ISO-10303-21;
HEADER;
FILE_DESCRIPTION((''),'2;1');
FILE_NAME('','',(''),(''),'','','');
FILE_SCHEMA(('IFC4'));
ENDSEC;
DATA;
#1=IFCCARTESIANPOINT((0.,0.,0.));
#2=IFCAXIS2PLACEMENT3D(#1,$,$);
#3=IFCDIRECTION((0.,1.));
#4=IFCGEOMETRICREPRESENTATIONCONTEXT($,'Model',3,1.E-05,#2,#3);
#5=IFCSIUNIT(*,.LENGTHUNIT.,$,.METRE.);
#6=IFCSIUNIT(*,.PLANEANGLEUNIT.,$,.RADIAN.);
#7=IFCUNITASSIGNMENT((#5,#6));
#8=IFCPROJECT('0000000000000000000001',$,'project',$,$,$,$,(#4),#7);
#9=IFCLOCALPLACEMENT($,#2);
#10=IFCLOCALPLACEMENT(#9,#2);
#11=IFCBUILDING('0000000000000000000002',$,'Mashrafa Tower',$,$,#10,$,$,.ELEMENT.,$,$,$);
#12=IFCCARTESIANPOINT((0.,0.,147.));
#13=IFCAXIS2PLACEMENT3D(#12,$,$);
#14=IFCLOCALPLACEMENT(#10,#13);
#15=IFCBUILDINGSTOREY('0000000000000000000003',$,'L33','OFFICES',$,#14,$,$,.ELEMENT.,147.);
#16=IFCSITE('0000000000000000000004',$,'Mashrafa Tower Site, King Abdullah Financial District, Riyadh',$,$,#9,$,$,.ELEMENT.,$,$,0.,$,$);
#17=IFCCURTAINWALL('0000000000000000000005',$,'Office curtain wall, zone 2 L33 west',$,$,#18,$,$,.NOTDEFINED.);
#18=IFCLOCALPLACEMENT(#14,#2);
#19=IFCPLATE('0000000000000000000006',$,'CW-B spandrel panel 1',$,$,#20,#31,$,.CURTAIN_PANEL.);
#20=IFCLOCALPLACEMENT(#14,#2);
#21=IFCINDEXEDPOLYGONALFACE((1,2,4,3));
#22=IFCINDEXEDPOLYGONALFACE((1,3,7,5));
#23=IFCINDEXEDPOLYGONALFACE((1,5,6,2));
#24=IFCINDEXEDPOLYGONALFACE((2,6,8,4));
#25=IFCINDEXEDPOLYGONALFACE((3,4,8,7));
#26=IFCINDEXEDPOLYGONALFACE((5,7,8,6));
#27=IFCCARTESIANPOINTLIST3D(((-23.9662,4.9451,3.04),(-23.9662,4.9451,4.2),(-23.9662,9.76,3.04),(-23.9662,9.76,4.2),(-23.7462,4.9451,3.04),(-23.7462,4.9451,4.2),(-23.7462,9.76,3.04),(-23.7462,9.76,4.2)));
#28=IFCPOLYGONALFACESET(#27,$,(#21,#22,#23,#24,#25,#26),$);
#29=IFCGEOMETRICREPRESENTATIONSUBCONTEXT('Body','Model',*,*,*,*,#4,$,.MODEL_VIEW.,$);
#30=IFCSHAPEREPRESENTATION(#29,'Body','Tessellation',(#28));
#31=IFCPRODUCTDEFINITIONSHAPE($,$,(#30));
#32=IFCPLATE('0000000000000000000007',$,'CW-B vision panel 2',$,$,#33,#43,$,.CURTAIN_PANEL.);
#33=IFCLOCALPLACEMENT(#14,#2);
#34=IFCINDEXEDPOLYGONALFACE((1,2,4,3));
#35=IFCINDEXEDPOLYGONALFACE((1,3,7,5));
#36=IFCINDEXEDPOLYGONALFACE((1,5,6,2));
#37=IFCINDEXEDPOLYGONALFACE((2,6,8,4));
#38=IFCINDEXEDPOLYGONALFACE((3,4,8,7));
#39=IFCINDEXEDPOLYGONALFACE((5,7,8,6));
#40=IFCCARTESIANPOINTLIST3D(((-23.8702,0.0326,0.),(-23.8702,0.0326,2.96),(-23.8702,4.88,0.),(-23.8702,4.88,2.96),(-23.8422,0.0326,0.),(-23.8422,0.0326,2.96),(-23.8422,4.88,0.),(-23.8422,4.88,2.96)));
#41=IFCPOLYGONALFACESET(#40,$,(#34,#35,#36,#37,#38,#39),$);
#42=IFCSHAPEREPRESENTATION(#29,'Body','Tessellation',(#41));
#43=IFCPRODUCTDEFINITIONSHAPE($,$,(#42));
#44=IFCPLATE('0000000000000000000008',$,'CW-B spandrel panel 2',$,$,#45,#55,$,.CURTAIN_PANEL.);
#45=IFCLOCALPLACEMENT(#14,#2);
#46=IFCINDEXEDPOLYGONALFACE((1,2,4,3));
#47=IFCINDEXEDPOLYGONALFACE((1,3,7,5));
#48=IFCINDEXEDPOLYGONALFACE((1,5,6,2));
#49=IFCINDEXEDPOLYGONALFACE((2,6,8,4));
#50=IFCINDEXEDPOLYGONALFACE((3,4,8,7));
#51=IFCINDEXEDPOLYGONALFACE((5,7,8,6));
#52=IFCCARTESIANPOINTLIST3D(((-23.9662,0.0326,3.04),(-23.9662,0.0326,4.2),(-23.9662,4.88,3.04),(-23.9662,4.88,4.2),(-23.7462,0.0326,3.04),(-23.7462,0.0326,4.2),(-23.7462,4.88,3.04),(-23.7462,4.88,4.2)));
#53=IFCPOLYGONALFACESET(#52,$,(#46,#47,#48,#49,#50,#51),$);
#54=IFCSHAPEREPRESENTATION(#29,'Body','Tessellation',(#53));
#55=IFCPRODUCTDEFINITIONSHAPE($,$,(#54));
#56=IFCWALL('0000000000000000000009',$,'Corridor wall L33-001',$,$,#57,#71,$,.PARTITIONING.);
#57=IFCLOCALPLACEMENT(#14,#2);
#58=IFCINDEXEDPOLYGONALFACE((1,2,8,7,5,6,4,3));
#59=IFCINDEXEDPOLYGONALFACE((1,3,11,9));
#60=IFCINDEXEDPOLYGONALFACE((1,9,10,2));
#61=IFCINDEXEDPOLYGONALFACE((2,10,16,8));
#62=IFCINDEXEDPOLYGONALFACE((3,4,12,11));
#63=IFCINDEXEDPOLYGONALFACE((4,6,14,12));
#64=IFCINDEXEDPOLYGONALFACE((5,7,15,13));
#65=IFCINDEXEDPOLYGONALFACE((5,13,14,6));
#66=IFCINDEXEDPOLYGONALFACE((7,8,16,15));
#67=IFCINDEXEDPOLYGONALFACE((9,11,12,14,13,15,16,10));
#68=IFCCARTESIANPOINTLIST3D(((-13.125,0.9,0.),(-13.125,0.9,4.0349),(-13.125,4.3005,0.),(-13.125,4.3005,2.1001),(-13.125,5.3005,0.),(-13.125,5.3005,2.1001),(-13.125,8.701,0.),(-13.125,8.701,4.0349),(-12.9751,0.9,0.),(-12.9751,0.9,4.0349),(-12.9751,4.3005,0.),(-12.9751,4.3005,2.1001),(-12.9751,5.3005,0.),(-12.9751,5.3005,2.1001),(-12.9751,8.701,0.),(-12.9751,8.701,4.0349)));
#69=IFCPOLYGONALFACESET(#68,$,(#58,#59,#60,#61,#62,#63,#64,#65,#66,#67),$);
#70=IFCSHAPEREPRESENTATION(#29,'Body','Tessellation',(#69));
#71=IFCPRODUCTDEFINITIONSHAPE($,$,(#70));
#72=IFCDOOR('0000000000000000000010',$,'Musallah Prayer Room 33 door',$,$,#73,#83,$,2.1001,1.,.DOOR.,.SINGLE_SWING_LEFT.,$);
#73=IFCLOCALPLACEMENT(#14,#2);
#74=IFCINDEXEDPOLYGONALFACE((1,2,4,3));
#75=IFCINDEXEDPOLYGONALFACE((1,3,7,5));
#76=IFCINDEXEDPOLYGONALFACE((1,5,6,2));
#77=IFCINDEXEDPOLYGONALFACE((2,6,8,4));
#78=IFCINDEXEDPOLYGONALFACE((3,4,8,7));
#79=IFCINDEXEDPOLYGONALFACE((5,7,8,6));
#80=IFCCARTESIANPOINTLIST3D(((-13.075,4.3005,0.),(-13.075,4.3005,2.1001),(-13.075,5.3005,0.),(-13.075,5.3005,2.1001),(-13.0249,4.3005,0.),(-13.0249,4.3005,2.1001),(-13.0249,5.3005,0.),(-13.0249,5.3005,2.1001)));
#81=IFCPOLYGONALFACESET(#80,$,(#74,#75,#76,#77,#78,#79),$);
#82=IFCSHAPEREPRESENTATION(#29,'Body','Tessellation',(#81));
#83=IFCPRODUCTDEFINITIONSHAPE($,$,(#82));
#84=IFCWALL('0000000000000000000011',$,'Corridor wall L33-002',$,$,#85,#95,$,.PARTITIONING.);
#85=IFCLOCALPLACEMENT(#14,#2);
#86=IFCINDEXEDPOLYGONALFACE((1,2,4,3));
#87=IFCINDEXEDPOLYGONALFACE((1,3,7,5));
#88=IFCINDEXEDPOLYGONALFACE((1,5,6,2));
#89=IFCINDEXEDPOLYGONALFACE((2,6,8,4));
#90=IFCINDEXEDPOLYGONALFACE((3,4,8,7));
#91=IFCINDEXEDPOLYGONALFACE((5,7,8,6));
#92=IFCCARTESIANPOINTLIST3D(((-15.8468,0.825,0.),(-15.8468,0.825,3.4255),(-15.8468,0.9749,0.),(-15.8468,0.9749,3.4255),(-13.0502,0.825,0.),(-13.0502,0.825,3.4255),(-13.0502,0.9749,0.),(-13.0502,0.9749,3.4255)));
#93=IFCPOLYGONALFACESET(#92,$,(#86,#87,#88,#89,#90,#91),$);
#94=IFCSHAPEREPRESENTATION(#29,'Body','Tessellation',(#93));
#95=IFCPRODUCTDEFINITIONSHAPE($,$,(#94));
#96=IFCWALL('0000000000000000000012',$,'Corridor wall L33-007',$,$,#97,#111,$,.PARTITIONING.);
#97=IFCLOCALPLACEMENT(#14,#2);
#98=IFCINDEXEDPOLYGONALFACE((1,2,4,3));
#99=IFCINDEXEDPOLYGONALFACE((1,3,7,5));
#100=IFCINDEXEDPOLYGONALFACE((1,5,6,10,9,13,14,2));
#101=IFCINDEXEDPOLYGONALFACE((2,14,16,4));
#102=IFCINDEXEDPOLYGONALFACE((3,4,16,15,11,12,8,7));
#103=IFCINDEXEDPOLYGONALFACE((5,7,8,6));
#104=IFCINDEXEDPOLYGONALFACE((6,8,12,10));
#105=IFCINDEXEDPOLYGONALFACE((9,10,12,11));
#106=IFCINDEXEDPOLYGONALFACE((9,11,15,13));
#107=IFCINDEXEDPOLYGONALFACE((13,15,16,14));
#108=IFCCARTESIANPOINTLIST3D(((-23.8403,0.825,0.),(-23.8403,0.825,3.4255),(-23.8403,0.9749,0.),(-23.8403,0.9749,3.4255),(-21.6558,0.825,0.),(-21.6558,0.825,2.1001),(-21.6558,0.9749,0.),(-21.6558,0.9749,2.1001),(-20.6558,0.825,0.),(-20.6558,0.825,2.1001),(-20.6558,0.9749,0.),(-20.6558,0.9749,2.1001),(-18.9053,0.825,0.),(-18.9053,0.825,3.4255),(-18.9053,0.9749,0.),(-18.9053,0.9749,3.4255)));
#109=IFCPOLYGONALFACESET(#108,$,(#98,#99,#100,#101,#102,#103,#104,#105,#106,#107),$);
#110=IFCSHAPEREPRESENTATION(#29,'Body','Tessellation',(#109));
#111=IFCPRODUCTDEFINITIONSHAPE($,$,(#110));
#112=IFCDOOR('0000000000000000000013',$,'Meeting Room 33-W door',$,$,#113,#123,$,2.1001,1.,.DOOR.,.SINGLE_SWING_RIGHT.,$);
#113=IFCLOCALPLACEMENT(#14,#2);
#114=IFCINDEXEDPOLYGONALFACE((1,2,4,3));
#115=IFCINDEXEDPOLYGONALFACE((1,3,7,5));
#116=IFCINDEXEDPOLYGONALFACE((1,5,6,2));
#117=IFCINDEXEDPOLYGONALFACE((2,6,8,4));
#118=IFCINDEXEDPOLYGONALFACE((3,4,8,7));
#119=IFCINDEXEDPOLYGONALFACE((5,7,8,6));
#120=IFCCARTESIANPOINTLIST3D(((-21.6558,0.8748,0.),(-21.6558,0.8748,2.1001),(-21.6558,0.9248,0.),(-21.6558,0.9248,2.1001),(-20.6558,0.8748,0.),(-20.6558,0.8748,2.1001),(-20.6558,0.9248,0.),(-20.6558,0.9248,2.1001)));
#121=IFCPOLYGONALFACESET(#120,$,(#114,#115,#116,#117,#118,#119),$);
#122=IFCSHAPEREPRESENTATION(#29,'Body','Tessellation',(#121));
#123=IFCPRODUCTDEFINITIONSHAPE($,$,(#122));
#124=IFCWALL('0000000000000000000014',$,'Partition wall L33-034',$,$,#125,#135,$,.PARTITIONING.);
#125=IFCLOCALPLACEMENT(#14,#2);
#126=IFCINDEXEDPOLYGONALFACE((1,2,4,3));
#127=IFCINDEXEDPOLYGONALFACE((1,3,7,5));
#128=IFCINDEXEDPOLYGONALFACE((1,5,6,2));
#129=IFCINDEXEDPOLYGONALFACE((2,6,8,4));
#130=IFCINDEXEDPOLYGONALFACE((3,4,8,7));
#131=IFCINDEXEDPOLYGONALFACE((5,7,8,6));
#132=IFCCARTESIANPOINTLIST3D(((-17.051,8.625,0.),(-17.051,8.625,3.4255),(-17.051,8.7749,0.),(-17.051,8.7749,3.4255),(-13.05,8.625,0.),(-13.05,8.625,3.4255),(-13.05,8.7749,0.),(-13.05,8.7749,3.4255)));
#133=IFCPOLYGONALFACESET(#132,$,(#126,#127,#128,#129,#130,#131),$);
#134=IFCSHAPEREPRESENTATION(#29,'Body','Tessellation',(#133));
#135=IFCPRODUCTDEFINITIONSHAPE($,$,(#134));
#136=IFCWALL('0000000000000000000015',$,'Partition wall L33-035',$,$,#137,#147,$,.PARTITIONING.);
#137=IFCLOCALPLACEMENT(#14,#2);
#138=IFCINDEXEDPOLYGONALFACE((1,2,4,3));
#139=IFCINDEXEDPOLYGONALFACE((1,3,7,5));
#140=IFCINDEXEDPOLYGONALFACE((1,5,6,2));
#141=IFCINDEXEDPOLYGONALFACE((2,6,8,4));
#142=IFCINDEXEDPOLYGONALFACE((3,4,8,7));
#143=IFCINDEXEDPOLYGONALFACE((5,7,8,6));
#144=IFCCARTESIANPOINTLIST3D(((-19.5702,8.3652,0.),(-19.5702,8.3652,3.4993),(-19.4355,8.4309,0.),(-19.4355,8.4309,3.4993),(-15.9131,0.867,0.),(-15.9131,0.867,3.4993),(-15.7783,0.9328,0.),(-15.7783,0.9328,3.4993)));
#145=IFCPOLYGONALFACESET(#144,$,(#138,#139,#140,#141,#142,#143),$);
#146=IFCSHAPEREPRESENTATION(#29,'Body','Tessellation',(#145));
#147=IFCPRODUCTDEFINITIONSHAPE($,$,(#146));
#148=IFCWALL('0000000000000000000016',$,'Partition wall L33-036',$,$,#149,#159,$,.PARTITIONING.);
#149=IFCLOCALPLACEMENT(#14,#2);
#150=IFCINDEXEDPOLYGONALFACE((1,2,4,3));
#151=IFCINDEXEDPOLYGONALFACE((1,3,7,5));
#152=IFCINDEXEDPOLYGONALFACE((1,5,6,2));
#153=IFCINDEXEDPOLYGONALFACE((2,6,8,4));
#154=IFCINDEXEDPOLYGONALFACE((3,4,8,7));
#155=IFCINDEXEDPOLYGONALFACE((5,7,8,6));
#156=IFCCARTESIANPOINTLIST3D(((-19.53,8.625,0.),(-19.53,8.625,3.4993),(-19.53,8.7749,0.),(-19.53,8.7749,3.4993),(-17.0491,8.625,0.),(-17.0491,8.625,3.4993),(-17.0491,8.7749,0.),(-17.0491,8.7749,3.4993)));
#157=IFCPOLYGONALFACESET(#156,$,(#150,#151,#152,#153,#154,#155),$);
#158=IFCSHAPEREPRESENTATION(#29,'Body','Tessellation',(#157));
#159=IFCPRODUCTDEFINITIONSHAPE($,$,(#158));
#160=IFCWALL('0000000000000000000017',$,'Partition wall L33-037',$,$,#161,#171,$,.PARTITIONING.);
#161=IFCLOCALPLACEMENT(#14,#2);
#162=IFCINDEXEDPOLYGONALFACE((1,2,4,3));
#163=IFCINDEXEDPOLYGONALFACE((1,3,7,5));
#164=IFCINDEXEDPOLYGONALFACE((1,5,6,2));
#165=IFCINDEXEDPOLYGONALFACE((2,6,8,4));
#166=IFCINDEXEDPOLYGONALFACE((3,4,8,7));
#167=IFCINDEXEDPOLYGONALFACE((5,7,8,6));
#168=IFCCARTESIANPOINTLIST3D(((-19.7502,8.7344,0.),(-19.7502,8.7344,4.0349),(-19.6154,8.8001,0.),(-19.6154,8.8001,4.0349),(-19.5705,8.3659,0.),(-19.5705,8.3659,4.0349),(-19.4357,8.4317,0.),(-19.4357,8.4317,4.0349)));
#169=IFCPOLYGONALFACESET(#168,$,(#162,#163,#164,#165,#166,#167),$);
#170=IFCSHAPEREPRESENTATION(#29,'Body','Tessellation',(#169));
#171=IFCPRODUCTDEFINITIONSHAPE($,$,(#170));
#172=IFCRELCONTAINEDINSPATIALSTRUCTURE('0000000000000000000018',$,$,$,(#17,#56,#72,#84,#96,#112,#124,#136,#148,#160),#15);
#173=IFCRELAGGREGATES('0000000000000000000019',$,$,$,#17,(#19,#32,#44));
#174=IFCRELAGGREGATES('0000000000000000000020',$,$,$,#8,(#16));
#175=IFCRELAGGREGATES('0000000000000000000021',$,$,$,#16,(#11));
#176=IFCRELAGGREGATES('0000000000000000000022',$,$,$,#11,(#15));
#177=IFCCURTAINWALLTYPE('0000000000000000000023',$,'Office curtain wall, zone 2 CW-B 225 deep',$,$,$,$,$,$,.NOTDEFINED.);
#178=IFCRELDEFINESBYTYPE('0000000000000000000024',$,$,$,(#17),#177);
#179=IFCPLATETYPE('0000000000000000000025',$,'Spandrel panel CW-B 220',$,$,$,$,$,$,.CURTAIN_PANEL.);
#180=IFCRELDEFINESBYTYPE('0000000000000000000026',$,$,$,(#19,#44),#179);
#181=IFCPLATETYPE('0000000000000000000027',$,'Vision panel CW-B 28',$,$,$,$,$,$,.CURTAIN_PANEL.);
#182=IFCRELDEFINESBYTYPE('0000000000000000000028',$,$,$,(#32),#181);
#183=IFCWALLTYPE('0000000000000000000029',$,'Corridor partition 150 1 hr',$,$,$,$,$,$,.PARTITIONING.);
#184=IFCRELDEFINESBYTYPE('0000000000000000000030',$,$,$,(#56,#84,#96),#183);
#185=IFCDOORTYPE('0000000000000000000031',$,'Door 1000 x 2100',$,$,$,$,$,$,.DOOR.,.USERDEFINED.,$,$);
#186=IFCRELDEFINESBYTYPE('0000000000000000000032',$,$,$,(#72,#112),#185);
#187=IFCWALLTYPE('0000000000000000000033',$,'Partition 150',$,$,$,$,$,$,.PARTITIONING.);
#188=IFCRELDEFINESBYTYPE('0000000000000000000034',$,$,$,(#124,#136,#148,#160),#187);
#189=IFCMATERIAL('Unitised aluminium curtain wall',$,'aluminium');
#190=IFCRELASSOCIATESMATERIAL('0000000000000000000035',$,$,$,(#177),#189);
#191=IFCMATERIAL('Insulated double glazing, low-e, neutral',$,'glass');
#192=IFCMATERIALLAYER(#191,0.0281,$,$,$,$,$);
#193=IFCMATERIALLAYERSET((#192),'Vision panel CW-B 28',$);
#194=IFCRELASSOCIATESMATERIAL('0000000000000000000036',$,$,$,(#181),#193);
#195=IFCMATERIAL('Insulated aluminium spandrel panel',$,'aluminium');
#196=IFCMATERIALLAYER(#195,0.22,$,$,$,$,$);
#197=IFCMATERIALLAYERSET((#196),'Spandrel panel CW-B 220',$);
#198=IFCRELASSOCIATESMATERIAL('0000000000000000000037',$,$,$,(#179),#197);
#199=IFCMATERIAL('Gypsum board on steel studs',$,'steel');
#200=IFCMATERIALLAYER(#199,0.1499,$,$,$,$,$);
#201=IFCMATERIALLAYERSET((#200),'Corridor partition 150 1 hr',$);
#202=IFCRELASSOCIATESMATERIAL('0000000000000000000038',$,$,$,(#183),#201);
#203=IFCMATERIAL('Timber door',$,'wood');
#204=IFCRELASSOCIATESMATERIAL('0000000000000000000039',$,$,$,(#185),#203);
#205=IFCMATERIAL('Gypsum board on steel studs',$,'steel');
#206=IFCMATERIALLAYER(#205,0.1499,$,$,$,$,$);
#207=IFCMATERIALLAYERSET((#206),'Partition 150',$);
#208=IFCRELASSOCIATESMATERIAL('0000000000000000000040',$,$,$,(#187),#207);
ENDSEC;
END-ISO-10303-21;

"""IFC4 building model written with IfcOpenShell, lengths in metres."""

from ifc_helpers import new_model, si_unit, direction, frame, frame_2d, origin, origin_2d, place, context, subcontext, project, spatial, rectangle, extrude, source, transform, mapped, material, layer, layer_set, type_object, type_shapes, element, fill, aggregate, save


model = new_model("IFC4")

# Units and contexts
model_context = context("Model", 3, precision=1e-05, world=origin(), true_north=direction((0.0, 1.0)))
body_context = subcontext(model_context, "Body", "Model", "MODEL_VIEW")
ifc_project = project(units=[si_unit("LENGTHUNIT", "METRE"), si_unit("PLANEANGLEUNIT", "RADIAN")], contexts=[model_context])

# Site, building, storey
site_placement = place(None, origin())
site = spatial("IfcSite", under=ifc_project, at=site_placement, Name="Mashrafa Tower Site, King Abdullah Financial District, Riyadh", CompositionType="ELEMENT", RefElevation=0.0)
building_placement = place(site_placement, origin())
building = spatial("IfcBuilding", under=site, at=building_placement, Name="Mashrafa Tower", CompositionType="ELEMENT")
storey_placement = place(building_placement, frame((0.0, 0.0, 147.0)))
storey = spatial("IfcBuildingStorey", under=building, at=storey_placement, Name="L33", Description="OFFICES", CompositionType="ELEMENT", Elevation=147.0)

# Curtain wall, plates
ifc_material_1 = material(Name="Unitised aluminium curtain wall", Category="aluminium")
curtain_wall_type = type_object("IfcCurtainWallType", Name="Office curtain wall, zone 2 CW-B 225 deep", PredefinedType="NOTDEFINED", material=ifc_material_1)
curtain_wall_placement = place(storey_placement, origin())
curtain_wall = element("IfcCurtainWall", 1, at=curtain_wall_placement, inside=storey, type_object=curtain_wall_type, Name="Office curtain wall, zone 2 L33 west", PredefinedType="NOTDEFINED")
ifc_material_2 = material(Name="Insulated double glazing, low-e, neutral", Category="glass")
ifc_layer_1 = layer(ifc_material_2, 0.0281)
ifc_layer_set_1 = layer_set([ifc_layer_1], Name="Vision panel CW-B 28")
plate_type_1 = type_object("IfcPlateType", Name="Vision panel CW-B 28", PredefinedType="CURTAIN_PANEL", material=ifc_layer_set_1)
ifc_material_3 = material(Name="Insulated aluminium spandrel panel", Category="aluminium")
ifc_layer_2 = layer(ifc_material_3, 0.22)
ifc_layer_set_2 = layer_set([ifc_layer_2], Name="Spandrel panel CW-B 220")
plate_type_2 = type_object("IfcPlateType", Name="Spandrel panel CW-B 220", PredefinedType="CURTAIN_PANEL", material=ifc_layer_set_2)
shared_shape_1 = source(origin(), body_context, "Body", "SweptSolid", [
    extrude(rectangle(XDim=4.8149, YDim=0.22, at=origin_2d()), origin(), (0.0, 0.0, 1.0), 1.1599),
])
plate_1_placement = place(storey_placement, frame((-23.8562, 7.3525, 3.04), z_axis=(0.0, 0.0, 1.0), x_axis=(0.0, -1.0, 0.0)))
plate_1 = element("IfcPlate", 2, at=plate_1_placement, type_object=plate_type_2, Name="CW-B spandrel panel 1", PredefinedType="CURTAIN_PANEL", context=body_context, shape_type="MappedRepresentation", body=[
    mapped(shared_shape_1, transform((0.0, 0.0, 0.0))),
])
shared_shape_2 = source(origin(), body_context, "Body", "SweptSolid", [
    extrude(rectangle(XDim=4.8474, YDim=0.0281, at=origin_2d()), origin(), (0.0, 0.0, 1.0), 2.96),
])
plate_2_placement = place(storey_placement, frame((-23.8562, 2.4563, 0.0), z_axis=(0.0, 0.0, 1.0), x_axis=(0.0, -1.0, 0.0)))
plate_2 = element("IfcPlate", 3, at=plate_2_placement, type_object=plate_type_1, Name="CW-B vision panel 2", PredefinedType="CURTAIN_PANEL", context=body_context, shape_type="MappedRepresentation", body=[
    mapped(shared_shape_2, transform((0.0, 0.0, 0.0))),
])
shared_shape_3 = source(origin(), body_context, "Body", "SweptSolid", [
    extrude(rectangle(XDim=4.8474, YDim=0.22, at=origin_2d()), origin(), (0.0, 0.0, 1.0), 1.1599),
])
type_shapes(plate_type_2, [shared_shape_1, shared_shape_3])
plate_3_placement = place(storey_placement, frame((-23.8562, 2.4563, 3.04), z_axis=(0.0, 0.0, 1.0), x_axis=(0.0, -1.0, 0.0)))
plate_3 = element("IfcPlate", 4, at=plate_3_placement, type_object=plate_type_2, Name="CW-B spandrel panel 2", PredefinedType="CURTAIN_PANEL", context=body_context, shape_type="MappedRepresentation", body=[
    mapped(shared_shape_3, transform((0.0, 0.0, 0.0))),
])
aggregate(curtain_wall, [plate_1, plate_2, plate_3])

# Wall, opening, door
ifc_material_4 = material(Name="Gypsum board on steel studs", Category="steel")
ifc_layer_3 = layer(ifc_material_4, 0.1499)
ifc_layer_set_3 = layer_set([ifc_layer_3], Name="Corridor partition 150 1 hr")
wall_type_1 = type_object("IfcWallType", Name="Corridor partition 150 1 hr", PredefinedType="PARTITIONING", material=ifc_layer_set_3)
wall_1_placement = place(storey_placement, frame((-13.05, 8.7009, 0.0), z_axis=(0.0, 0.0, 1.0), x_axis=(0.0, -1.0, 0.0)))
wall_1 = element("IfcWall", 5, at=wall_1_placement, inside=storey, type_object=wall_type_1, Name="Corridor wall L33-001", PredefinedType="PARTITIONING", context=body_context, shape_type="SweptSolid", body=[
    extrude(rectangle(XDim=7.801, YDim=0.1499, at=frame_2d((3.9004, 0.0))), origin(), (0.0, 0.0, 1.0), 4.0349),
])
opening_1_placement = place(wall_1_placement, frame((3.4004, 0.0, 0.0)))
opening_1 = element("IfcOpeningElement", 6, at=opening_1_placement, cuts=wall_1, PredefinedType="OPENING", context=body_context, shape_type="SweptSolid", body=[
    extrude(rectangle(XDim=1.0, YDim=2.1001, at=frame_2d((0.5, 1.05))), frame((0.0, 0.085, 0.0), z_axis=(0.0, -1.0, 0.0), x_axis=(1.0, 0.0, 0.0)), (0.0, 0.0, 1.0), 0.1699),
])
ifc_material_5 = material(Name="Timber door", Category="wood")
door_type_1 = type_object("IfcDoorType", Name="Door 1000 x 2100", OperationType="USERDEFINED", PredefinedType="DOOR", material=ifc_material_5)
door_1_placement = place(opening_1_placement, frame((1.0, 0.0, 0.0), z_axis=(0.0, 0.0, 1.0), x_axis=(-1.0, 0.0, 0.0)))
door_1 = element("IfcDoor", 7, at=door_1_placement, inside=storey, type_object=door_type_1, Name="Musallah Prayer Room 33 door", OperationType="SINGLE_SWING_LEFT", OverallHeight=2.1001, OverallWidth=1.0, PredefinedType="DOOR", context=body_context, shape_type="SweptSolid", body=[
    extrude(rectangle(XDim=1.0, YDim=2.1001, at=frame_2d((0.5, 1.05))), frame((0.0, 0.0249, 0.0), z_axis=(0.0, -1.0, 0.0), x_axis=(1.0, 0.0, 0.0)), (0.0, 0.0, 1.0), 0.05),
])
fill(opening_1, door_1)

# Wall
wall_2_placement = place(storey_placement, frame((-13.05, 0.8999, 0.0), z_axis=(0.0, 0.0, 1.0), x_axis=(-1.0, 0.0, 0.0)))
element("IfcWall", 8, at=wall_2_placement, inside=storey, type_object=wall_type_1, Name="Corridor wall L33-002", PredefinedType="PARTITIONING", context=body_context, shape_type="SweptSolid", body=[
    extrude(rectangle(XDim=2.7966, YDim=0.1499, at=frame_2d((1.3984, 0.0))), origin(), (0.0, 0.0, 1.0), 3.4255),
])

# Wall, opening, door
wall_3_placement = place(storey_placement, frame((-18.9053, 0.8999, 0.0), z_axis=(0.0, 0.0, 1.0), x_axis=(-1.0, 0.0, 0.0)))
wall_3 = element("IfcWall", 9, at=wall_3_placement, inside=storey, type_object=wall_type_1, Name="Corridor wall L33-007", PredefinedType="PARTITIONING", context=body_context, shape_type="SweptSolid", body=[
    extrude(rectangle(XDim=4.9351, YDim=0.1499, at=frame_2d((2.4675, 0.0))), origin(), (0.0, 0.0, 1.0), 3.4255),
])
opening_2_placement = place(wall_3_placement, frame((1.7505, 0.0, 0.0)))
opening_2 = element("IfcOpeningElement", 10, at=opening_2_placement, cuts=wall_3, PredefinedType="OPENING", context=body_context, shape_type="SweptSolid", body=[
    extrude(rectangle(XDim=1.0, YDim=2.1001, at=frame_2d((0.5, 1.05))), frame((0.0, 0.085, 0.0), z_axis=(0.0, -1.0, 0.0), x_axis=(1.0, 0.0, 0.0)), (0.0, 0.0, 1.0), 0.1699),
])
door_2_placement = place(opening_2_placement, frame((1.0, 0.0, 0.0), z_axis=(0.0, 0.0, 1.0), x_axis=(-1.0, 0.0, 0.0)))
door_2 = element("IfcDoor", 11, at=door_2_placement, inside=storey, type_object=door_type_1, Name="Meeting Room 33-W door", OperationType="SINGLE_SWING_RIGHT", OverallHeight=2.1001, OverallWidth=1.0, PredefinedType="DOOR", context=body_context, shape_type="SweptSolid", body=[
    extrude(rectangle(XDim=1.0, YDim=2.1001, at=frame_2d((0.5, 1.05))), frame((0.0, 0.0249, 0.0), z_axis=(0.0, -1.0, 0.0), x_axis=(1.0, 0.0, 0.0)), (0.0, 0.0, 1.0), 0.05),
])
fill(opening_2, door_2)

# Walls
ifc_material_6 = material(Name="Gypsum board on steel studs", Category="steel")
ifc_layer_4 = layer(ifc_material_6, 0.1499)
ifc_layer_set_4 = layer_set([ifc_layer_4], Name="Partition 150")
wall_type_2 = type_object("IfcWallType", Name="Partition 150", PredefinedType="PARTITIONING", material=ifc_layer_set_4)
wall_4_placement = place(storey_placement, frame((-13.05, 8.7, 0.0), z_axis=(0.0, 0.0, 1.0), x_axis=(-1.0, 0.0, 0.0)))
element("IfcWall", 12, at=wall_4_placement, inside=storey, type_object=wall_type_2, Name="Partition wall L33-034", PredefinedType="PARTITIONING", context=body_context, shape_type="SweptSolid", body=[
    extrude(rectangle(XDim=4.001, YDim=0.1499, at=frame_2d((2.0005, 0.0))), origin(), (0.0, 0.0, 1.0), 3.4255),
])
wall_5_placement = place(storey_placement, frame((-19.5029, 8.3982, 0.0), z_axis=(0.0, 0.0, 1.0), x_axis=(0.438378, -0.898791, 0.0)))
element("IfcWall", 13, at=wall_5_placement, inside=storey, type_object=wall_type_2, Name="Partition wall L33-035", PredefinedType="PARTITIONING", context=body_context, shape_type="SweptSolid", body=[
    extrude(rectangle(XDim=8.3425, YDim=0.1499, at=frame_2d((4.1714, 0.0))), origin(), (0.0, 0.0, 1.0), 3.4993),
])
wall_6_placement = place(storey_placement, frame((-17.0491, 8.7, 0.0), z_axis=(0.0, 0.0, 1.0), x_axis=(-1.0, 0.0, 0.0)))
element("IfcWall", 14, at=wall_6_placement, inside=storey, type_object=wall_type_2, Name="Partition wall L33-036", PredefinedType="PARTITIONING", context=body_context, shape_type="SweptSolid", body=[
    extrude(rectangle(XDim=2.481, YDim=0.1499, at=frame_2d((1.2405, 0.0))), origin(), (0.0, 0.0, 1.0), 3.4993),
])
wall_7_placement = place(storey_placement, frame((-19.6829, 8.7673, 0.0), z_axis=(0.0, 0.0, 1.0), x_axis=(0.438377, -0.898791, 0.0)))
element("IfcWall", 15, at=wall_7_placement, inside=storey, type_object=wall_type_2, Name="Partition wall L33-037", PredefinedType="PARTITIONING", context=body_context, shape_type="SweptSolid", body=[
    extrude(rectangle(XDim=0.4099, YDim=0.1499, at=frame_2d((0.2051, 0.0))), origin(), (0.0, 0.0, 1.0), 4.0349),
])

save(model, "model.ifc")
